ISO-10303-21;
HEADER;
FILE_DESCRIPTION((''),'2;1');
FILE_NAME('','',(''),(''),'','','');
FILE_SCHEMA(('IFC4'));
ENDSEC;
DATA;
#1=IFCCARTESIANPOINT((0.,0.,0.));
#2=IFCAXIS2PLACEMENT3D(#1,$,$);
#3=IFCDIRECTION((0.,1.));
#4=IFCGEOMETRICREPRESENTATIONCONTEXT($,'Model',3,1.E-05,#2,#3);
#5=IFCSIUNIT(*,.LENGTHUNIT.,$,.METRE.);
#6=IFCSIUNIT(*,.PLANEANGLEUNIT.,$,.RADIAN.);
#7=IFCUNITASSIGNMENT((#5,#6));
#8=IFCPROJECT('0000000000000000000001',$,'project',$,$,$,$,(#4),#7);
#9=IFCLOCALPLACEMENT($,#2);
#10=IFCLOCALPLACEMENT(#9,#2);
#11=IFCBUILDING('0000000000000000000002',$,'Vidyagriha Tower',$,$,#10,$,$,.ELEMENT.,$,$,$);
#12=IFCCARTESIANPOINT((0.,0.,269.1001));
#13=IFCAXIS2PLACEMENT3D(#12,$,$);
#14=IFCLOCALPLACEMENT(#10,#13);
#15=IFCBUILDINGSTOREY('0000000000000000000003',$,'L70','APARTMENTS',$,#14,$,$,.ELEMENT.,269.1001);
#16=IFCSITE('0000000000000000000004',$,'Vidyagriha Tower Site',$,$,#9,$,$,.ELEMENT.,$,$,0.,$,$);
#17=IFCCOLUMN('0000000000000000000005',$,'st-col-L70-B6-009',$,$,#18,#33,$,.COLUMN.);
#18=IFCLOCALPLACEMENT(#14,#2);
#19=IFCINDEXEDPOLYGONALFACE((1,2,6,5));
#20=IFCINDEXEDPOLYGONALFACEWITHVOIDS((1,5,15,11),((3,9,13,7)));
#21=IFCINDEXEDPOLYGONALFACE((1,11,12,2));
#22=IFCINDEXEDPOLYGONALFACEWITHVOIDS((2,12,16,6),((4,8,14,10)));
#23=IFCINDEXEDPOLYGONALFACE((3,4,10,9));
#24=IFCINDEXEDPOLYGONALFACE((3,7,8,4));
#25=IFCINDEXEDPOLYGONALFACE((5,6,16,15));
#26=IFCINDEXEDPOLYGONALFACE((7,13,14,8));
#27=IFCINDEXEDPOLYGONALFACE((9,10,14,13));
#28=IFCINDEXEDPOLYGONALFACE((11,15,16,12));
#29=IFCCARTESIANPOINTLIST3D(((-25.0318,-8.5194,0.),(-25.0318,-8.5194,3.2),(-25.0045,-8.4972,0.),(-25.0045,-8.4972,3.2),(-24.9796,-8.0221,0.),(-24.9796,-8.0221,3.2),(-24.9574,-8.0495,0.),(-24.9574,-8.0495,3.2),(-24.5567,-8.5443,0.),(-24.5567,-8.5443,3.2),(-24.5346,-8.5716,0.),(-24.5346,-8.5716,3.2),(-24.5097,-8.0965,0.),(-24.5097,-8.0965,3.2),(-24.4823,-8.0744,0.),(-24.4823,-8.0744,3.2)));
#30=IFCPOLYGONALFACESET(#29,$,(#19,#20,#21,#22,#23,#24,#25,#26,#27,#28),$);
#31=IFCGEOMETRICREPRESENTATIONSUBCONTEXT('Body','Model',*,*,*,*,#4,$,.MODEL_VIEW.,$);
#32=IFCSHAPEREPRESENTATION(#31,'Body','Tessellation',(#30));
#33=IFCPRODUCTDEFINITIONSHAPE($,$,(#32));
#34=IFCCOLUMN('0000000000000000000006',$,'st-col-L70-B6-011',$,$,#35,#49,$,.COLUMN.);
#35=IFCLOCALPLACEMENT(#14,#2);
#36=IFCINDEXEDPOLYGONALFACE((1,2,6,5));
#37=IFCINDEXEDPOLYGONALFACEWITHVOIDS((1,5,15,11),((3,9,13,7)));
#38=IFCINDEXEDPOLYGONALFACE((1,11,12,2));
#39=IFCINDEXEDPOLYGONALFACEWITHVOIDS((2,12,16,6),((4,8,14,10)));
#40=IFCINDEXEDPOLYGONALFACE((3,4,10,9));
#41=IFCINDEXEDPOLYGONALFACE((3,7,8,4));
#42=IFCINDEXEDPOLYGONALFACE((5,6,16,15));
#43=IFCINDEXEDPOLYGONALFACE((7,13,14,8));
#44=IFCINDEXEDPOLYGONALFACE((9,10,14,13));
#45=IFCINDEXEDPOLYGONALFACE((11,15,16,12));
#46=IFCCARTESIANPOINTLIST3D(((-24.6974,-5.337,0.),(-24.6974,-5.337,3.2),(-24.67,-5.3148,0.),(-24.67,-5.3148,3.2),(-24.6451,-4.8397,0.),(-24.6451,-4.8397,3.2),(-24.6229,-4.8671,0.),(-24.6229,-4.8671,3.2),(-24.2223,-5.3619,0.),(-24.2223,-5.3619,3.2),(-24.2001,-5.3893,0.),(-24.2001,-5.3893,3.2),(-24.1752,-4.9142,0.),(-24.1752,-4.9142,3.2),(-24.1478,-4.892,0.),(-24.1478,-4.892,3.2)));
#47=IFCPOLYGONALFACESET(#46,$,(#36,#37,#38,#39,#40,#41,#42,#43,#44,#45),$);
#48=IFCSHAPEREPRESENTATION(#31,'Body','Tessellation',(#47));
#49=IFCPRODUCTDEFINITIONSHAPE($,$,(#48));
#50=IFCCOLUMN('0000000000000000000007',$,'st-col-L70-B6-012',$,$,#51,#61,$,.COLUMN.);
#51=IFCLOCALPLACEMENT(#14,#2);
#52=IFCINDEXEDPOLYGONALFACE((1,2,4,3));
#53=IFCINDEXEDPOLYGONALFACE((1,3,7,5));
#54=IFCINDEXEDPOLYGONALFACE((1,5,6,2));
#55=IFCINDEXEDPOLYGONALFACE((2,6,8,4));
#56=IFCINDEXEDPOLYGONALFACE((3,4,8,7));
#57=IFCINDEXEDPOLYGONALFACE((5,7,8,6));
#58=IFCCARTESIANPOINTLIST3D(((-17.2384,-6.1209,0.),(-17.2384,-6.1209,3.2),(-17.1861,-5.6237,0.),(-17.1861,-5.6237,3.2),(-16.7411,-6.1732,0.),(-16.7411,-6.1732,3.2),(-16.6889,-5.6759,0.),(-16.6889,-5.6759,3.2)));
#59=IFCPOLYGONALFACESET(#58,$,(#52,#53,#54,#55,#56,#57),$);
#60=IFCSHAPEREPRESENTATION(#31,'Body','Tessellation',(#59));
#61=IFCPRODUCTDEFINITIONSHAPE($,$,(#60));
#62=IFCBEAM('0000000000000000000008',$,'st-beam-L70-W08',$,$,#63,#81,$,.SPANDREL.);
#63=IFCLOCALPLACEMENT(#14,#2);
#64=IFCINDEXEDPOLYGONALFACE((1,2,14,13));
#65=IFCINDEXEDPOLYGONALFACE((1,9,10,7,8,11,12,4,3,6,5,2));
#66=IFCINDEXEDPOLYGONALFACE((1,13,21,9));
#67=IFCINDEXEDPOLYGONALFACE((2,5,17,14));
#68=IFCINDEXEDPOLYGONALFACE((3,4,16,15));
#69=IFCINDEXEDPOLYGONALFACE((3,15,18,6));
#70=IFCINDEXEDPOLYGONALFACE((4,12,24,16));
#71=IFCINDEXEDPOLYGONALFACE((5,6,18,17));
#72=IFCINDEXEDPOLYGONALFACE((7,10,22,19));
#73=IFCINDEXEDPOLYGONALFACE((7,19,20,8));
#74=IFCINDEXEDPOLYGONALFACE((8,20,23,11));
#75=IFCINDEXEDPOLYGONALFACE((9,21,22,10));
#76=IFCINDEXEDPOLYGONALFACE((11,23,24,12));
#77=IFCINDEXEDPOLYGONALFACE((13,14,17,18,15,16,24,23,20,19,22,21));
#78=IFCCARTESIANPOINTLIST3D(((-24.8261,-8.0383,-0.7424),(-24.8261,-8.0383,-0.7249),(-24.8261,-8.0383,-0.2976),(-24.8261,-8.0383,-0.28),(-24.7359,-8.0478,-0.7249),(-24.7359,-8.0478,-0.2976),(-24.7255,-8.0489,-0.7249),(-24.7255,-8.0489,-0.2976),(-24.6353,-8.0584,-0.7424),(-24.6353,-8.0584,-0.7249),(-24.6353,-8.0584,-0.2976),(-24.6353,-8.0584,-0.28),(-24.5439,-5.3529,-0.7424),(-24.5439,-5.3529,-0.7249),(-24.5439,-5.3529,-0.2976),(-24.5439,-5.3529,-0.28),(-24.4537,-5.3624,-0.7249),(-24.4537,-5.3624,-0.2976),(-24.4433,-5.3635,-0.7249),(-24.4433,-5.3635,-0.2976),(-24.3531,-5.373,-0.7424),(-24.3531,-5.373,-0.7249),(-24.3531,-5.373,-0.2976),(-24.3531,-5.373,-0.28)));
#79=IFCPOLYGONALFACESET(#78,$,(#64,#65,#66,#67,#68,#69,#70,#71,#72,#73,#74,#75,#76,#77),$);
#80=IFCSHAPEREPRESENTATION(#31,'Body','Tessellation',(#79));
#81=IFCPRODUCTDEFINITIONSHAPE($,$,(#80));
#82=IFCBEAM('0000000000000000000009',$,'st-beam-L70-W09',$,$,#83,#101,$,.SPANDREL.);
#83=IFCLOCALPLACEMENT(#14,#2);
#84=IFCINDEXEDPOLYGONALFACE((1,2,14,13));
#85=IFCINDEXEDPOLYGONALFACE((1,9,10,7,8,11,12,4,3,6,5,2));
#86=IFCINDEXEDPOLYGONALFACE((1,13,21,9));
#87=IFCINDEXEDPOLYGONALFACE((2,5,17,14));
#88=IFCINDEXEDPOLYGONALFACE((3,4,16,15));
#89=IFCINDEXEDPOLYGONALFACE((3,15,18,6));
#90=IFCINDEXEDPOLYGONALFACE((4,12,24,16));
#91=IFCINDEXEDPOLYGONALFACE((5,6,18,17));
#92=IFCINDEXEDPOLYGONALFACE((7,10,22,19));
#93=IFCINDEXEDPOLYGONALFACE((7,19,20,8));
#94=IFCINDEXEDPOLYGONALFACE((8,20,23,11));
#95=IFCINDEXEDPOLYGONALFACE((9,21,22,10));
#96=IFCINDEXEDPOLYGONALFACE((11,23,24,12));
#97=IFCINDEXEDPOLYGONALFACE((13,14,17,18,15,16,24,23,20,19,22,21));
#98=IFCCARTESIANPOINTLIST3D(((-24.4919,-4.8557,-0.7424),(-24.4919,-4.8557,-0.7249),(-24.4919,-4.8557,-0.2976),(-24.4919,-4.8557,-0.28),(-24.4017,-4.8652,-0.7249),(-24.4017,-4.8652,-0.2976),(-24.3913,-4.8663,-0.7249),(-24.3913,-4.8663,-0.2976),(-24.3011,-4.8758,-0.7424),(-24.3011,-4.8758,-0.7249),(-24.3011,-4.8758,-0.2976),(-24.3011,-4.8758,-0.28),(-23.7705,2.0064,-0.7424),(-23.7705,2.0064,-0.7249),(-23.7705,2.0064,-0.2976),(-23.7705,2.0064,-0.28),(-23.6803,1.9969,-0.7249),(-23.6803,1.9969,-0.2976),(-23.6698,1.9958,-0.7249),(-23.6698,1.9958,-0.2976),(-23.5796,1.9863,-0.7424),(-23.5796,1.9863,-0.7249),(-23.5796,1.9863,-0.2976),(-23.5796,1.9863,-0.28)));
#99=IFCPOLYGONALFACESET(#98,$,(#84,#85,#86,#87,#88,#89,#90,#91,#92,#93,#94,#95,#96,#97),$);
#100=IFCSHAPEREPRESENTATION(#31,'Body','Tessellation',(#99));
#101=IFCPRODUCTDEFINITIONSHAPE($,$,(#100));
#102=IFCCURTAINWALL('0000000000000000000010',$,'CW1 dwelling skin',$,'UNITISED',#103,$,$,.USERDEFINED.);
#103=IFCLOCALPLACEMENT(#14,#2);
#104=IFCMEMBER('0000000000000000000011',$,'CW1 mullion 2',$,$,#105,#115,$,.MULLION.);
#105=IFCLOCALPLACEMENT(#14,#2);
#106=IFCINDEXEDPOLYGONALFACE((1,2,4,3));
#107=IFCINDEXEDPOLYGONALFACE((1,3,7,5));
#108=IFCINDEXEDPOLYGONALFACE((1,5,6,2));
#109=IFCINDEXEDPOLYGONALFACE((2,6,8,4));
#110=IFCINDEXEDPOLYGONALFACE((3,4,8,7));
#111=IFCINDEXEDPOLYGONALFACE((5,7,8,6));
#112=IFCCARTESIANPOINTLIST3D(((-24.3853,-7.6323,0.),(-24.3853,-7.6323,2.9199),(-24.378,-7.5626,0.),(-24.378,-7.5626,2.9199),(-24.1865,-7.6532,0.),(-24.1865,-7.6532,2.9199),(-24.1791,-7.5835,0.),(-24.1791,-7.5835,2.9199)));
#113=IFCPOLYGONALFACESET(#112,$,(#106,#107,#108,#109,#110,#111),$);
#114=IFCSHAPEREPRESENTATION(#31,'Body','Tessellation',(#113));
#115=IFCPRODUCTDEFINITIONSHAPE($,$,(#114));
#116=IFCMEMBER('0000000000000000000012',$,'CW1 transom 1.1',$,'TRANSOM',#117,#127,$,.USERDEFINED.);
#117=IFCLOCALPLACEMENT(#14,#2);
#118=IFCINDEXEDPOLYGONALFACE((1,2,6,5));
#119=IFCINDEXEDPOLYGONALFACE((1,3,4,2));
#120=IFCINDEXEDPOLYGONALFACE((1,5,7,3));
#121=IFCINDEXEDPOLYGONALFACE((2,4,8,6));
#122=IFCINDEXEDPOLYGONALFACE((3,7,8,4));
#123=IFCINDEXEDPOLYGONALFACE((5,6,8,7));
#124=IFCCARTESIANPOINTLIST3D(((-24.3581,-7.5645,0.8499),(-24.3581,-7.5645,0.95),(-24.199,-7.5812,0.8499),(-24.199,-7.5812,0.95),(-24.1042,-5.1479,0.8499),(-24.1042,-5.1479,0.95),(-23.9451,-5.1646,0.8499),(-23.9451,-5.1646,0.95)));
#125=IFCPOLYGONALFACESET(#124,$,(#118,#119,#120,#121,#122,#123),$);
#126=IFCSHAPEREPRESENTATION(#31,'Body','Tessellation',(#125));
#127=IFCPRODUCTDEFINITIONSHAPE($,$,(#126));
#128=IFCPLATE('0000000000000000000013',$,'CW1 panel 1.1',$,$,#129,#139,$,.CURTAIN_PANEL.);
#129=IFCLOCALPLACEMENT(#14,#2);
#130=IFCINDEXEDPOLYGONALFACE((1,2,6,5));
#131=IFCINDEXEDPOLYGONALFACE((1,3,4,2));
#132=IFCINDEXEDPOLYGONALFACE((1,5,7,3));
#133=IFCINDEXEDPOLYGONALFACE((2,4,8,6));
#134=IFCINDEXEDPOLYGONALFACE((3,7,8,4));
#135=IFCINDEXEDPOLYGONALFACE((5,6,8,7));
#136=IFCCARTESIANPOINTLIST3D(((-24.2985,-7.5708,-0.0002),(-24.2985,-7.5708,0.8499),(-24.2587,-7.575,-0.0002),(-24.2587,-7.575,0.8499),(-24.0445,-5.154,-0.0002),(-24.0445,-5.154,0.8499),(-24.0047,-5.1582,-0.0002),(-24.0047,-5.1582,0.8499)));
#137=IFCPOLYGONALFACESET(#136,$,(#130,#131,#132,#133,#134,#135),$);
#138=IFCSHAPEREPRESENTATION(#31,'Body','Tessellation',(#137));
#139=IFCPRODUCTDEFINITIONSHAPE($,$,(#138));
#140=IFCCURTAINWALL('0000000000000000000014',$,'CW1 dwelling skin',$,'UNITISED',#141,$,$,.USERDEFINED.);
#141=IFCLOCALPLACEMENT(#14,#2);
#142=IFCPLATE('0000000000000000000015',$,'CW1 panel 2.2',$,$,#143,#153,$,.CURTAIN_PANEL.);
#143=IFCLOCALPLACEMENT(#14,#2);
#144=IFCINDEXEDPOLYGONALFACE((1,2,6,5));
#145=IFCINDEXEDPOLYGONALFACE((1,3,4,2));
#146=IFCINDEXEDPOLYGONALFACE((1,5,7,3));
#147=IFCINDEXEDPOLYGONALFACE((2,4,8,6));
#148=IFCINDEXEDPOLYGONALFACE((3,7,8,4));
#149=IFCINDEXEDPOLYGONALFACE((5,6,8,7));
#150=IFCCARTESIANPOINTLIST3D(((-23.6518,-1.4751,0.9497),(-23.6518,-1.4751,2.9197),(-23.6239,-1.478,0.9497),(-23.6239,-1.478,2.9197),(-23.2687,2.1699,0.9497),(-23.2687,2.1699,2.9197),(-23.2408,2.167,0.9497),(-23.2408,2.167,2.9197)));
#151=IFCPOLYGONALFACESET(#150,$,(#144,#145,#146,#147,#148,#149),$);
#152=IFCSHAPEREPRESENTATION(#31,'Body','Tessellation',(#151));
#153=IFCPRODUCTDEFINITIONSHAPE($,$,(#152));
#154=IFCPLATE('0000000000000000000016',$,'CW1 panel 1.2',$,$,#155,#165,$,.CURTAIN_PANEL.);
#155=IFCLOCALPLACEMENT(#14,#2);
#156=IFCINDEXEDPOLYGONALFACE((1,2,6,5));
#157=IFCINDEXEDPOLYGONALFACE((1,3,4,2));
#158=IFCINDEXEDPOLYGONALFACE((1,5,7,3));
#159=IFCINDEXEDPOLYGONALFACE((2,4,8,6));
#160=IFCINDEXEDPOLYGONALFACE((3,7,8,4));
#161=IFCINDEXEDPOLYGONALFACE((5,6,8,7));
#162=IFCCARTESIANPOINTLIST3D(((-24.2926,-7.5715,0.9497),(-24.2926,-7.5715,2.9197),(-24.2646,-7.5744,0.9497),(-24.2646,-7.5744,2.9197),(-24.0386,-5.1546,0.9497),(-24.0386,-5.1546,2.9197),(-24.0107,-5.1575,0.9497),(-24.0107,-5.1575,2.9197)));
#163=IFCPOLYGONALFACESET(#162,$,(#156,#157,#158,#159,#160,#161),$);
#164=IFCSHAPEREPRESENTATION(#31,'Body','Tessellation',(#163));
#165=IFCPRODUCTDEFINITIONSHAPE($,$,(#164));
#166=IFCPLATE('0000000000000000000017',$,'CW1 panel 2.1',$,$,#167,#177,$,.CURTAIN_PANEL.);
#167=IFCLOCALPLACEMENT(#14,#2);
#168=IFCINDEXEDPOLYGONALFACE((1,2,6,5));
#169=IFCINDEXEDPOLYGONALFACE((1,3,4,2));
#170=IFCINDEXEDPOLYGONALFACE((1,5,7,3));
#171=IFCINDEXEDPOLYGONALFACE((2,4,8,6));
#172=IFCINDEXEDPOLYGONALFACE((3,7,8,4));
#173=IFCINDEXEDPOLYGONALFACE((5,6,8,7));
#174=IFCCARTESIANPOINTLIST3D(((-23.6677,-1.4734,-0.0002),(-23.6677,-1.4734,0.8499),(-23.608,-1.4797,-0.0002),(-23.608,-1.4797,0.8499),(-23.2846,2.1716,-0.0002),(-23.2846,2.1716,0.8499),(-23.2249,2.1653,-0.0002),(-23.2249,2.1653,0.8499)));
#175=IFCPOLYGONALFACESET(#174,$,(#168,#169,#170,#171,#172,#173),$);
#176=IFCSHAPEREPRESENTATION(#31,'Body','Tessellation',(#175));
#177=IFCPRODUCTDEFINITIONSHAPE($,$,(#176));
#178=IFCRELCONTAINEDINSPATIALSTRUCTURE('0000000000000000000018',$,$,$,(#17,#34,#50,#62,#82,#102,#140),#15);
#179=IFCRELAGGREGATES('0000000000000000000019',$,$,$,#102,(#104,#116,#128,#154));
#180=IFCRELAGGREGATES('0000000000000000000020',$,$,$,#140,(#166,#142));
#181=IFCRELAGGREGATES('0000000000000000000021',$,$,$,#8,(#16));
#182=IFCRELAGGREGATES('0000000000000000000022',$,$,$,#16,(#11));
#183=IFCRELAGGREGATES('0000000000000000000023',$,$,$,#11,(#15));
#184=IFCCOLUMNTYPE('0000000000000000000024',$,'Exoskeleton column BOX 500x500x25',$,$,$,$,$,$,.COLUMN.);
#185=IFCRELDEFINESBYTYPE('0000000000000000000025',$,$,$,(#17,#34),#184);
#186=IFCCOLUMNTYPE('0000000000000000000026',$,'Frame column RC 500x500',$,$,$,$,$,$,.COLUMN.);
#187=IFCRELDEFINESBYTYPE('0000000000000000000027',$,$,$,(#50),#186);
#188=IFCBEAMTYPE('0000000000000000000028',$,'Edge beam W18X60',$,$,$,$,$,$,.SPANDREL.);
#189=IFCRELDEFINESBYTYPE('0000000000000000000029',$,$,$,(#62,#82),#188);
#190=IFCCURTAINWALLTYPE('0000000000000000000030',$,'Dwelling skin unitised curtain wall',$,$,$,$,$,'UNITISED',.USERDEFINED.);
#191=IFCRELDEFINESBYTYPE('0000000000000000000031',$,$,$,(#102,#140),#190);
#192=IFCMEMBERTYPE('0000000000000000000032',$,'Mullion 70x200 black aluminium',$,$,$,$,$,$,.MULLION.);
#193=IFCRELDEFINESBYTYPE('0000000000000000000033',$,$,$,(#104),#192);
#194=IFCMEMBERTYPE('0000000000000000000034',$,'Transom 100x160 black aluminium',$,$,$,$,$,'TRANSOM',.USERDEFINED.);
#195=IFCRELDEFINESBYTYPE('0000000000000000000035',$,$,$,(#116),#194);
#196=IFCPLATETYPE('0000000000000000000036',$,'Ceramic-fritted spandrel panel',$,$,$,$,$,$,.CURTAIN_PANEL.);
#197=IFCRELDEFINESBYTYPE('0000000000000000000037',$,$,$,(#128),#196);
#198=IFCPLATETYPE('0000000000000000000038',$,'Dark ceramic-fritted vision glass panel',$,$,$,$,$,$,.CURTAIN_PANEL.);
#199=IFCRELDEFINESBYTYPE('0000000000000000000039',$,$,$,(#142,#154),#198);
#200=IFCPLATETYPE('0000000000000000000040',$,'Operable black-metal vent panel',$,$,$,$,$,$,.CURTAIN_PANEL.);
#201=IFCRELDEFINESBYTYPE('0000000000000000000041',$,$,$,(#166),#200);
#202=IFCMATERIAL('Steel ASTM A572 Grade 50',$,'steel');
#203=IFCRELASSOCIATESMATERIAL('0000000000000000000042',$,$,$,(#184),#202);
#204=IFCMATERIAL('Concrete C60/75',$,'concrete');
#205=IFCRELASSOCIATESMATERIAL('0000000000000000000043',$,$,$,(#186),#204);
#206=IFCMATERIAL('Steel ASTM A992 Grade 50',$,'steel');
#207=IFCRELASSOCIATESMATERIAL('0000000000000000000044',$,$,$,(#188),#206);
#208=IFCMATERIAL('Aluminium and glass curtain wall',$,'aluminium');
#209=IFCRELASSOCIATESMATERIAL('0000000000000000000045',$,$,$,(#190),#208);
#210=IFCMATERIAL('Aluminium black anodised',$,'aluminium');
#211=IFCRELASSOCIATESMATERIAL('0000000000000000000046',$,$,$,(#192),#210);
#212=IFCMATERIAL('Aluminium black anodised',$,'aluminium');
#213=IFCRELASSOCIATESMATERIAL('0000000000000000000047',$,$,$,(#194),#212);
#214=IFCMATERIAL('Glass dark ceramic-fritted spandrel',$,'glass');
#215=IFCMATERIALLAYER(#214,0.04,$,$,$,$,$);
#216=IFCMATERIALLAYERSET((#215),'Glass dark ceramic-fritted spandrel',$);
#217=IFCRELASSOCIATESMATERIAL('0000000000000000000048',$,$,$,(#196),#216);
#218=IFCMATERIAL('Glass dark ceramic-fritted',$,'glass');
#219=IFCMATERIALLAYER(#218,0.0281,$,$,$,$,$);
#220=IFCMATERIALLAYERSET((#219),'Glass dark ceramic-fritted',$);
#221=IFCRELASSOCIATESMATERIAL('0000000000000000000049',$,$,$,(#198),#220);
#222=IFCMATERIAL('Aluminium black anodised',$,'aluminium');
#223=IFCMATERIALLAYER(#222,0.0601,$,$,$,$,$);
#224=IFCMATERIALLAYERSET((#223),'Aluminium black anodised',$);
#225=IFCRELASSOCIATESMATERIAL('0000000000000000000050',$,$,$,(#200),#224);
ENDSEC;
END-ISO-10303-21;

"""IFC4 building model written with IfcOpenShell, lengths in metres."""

from ifc_helpers import new_model, si_unit, direction, frame, origin, origin_2d, place, context, subcontext, project, spatial, rectangle, hollow_rectangle, i_section, extrude, material, layer, layer_set, material_profile, profile_set, type_object, element, aggregate, save


model = new_model("IFC4")

# Units and contexts
model_context = context("Model", 3, precision=1e-05, world=origin(), true_north=direction((0.0, 1.0)))
body_context = subcontext(model_context, "Body", "Model", "MODEL_VIEW")
ifc_project = project(units=[si_unit("LENGTHUNIT", "METRE"), si_unit("PLANEANGLEUNIT", "RADIAN")], contexts=[model_context])

# Site, building, storey
site_placement = place(None, origin())
site = spatial("IfcSite", under=ifc_project, at=site_placement, Name="Vidyagriha Tower Site", CompositionType="ELEMENT", RefElevation=0.0)
building_placement = place(site_placement, origin())
building = spatial("IfcBuilding", under=site, at=building_placement, Name="Vidyagriha Tower", CompositionType="ELEMENT")
storey_placement = place(building_placement, frame((0.0, 0.0, 269.1001)))
storey = spatial("IfcBuildingStorey", under=building, at=storey_placement, Name="L70", Description="APARTMENTS", CompositionType="ELEMENT", Elevation=269.1001)

# Columns
ifc_material_1 = material(Name="Steel ASTM A572 Grade 50", Category="steel")
ifc_material_profile_1 = material_profile(ifc_material_1, hollow_rectangle(XDim=0.5, YDim=0.5, WallThickness=0.0249, at=origin_2d()), Name="BOX 500x500x25")
ifc_profile_set_1 = profile_set([ifc_material_profile_1], Name="Steel ASTM A572 Grade 50")
column_type_1 = type_object("IfcColumnType", Name="Exoskeleton column BOX 500x500x25", PredefinedType="COLUMN", material=ifc_profile_set_1)
for number, where, z_axis, x_axis, name in (
    (1, (-24.7571, -8.2969, 0.0), (0.0, 0.0, 1.0), (0.994522, -0.104528, 0.0), "st-col-L70-B6-009"),
    (2, (-24.4226, -5.1145, 0.0), (0.0, 0.0, 1.0), (0.994522, -0.104528, 0.0), "st-col-L70-B6-011"),
):
    element("IfcColumn", number, at=place(storey_placement, frame(where, z_axis=z_axis, x_axis=x_axis)), inside=storey, type_object=column_type_1, Name=name, PredefinedType="COLUMN", context=body_context, shape_type="SweptSolid", body=[
        extrude(hollow_rectangle(XDim=0.5, YDim=0.5, WallThickness=0.0249, at=origin_2d()), origin(), (0.0, 0.0, 1.0), 3.2),
    ])
ifc_material_2 = material(Name="Concrete C60/75", Category="concrete")
ifc_material_profile_2 = material_profile(ifc_material_2, rectangle(XDim=0.5, YDim=0.5, at=origin_2d()), Name="RC 500x500")
ifc_profile_set_2 = profile_set([ifc_material_profile_2], Name="Concrete C60/75")
column_type_2 = type_object("IfcColumnType", Name="Frame column RC 500x500", PredefinedType="COLUMN", material=ifc_profile_set_2)
column_placement = place(storey_placement, frame((-16.9636, -5.8984, 0.0), z_axis=(0.0, 0.0, 1.0), x_axis=(0.994522, -0.104528, 0.0)))
element("IfcColumn", 3, at=column_placement, inside=storey, type_object=column_type_2, Name="st-col-L70-B6-012", PredefinedType="COLUMN", context=body_context, shape_type="SweptSolid", body=[
    extrude(rectangle(XDim=0.5, YDim=0.5, at=origin_2d()), origin(), (0.0, 0.0, 1.0), 3.2),
])

# Beams
ifc_material_3 = material(Name="Steel ASTM A992 Grade 50", Category="steel")
ifc_material_profile_3 = material_profile(ifc_material_3, i_section(OverallWidth=0.1919, OverallDepth=0.4624, WebThickness=0.0105, FlangeThickness=0.0176, at=origin_2d()), Name="W18X60")
ifc_profile_set_3 = profile_set([ifc_material_profile_3], Name="Steel ASTM A992 Grade 50")
beam_type = type_object("IfcBeamType", Name="Edge beam W18X60", PredefinedType="SPANDREL", material=ifc_profile_set_3)
beam_1_placement = place(storey_placement, frame((-24.7307, -8.0483, -0.5112), z_axis=(0.104525, 0.994522, 0.0), x_axis=(-0.994522, 0.104525, 0.0)))
element("IfcBeam", 4, at=beam_1_placement, inside=storey, type_object=beam_type, Name="st-beam-L70-W08", PredefinedType="SPANDREL", context=body_context, shape_type="SweptSolid", body=[
    extrude(i_section(OverallWidth=0.1919, OverallDepth=0.4624, WebThickness=0.0105, FlangeThickness=0.0176, at=origin_2d()), origin(), (0.0, 0.0, 1.0), 2.7002),
])
beam_2_placement = place(storey_placement, frame((-24.3965, -4.8657, -0.5112), z_axis=(0.104558, 0.994519, 0.0), x_axis=(-0.994519, 0.104558, 0.0)))
element("IfcBeam", 5, at=beam_2_placement, inside=storey, type_object=beam_type, Name="st-beam-L70-W09", PredefinedType="SPANDREL", context=body_context, shape_type="SweptSolid", body=[
    extrude(i_section(OverallWidth=0.1919, OverallDepth=0.4624, WebThickness=0.0105, FlangeThickness=0.0176, at=origin_2d()), origin(), (0.0, 0.0, 1.0), 6.8999),
])

# Curtain wall, members, plate
ifc_material_4 = material(Name="Aluminium and glass curtain wall", Category="aluminium")
curtain_wall_type = type_object("IfcCurtainWallType", Name="Dwelling skin unitised curtain wall", ElementType="UNITISED", PredefinedType="USERDEFINED", material=ifc_material_4)
curtain_wall_1_placement = place(storey_placement, origin())
curtain_wall_1 = element("IfcCurtainWall", 6, at=curtain_wall_1_placement, inside=storey, type_object=curtain_wall_type, Name="CW1 dwelling skin", ObjectType="UNITISED", PredefinedType="USERDEFINED")
ifc_material_5 = material(Name="Aluminium black anodised", Category="aluminium")
ifc_material_profile_4 = material_profile(ifc_material_5, rectangle(XDim=0.2, YDim=0.0701, at=origin_2d()), Name="Mullion 70x200 black aluminium")
ifc_profile_set_4 = profile_set([ifc_material_profile_4], Name="Aluminium black anodised")
member_type_1 = type_object("IfcMemberType", Name="Mullion 70x200 black aluminium", PredefinedType="MULLION", material=ifc_profile_set_4)
member_1_placement = place(storey_placement, frame((-24.2822, -7.6079, 0.0), z_axis=(0.0, 0.0, 1.0), x_axis=(0.994523, -0.104516, 0.0)))
member_1 = element("IfcMember", 7, at=member_1_placement, type_object=member_type_1, Name="CW1 mullion 2", PredefinedType="MULLION", context=body_context, shape_type="SweptSolid", body=[
    extrude(rectangle(XDim=0.2, YDim=0.0701, at=origin_2d()), origin(), (0.0, 0.0, 1.0), 2.9199),
])
ifc_material_6 = material(Name="Aluminium black anodised", Category="aluminium")
ifc_material_profile_5 = material_profile(ifc_material_6, rectangle(XDim=0.1599, YDim=0.1001, at=origin_2d()), Name="Transom 100x160 black aluminium")
ifc_profile_set_5 = profile_set([ifc_material_profile_5], Name="Aluminium black anodised")
member_type_2 = type_object("IfcMemberType", Name="Transom 100x160 black aluminium", ElementType="TRANSOM", PredefinedType="USERDEFINED", material=ifc_profile_set_5)
member_2_placement = place(storey_placement, frame((-24.0247, -5.1562, 0.8999), z_axis=(-0.104486, -0.994526, 0.0), x_axis=(0.994526, -0.104486, 0.0)))
member_2 = element("IfcMember", 8, at=member_2_placement, type_object=member_type_2, Name="CW1 transom 1.1", ObjectType="TRANSOM", PredefinedType="USERDEFINED", context=body_context, shape_type="SweptSolid", body=[
    extrude(rectangle(XDim=0.1599, YDim=0.1001, at=origin_2d()), origin(), (0.0, 0.0, 1.0), 2.4299),
])
ifc_material_7 = material(Name="Glass dark ceramic-fritted spandrel", Category="glass")
ifc_layer_1 = layer(ifc_material_7, 0.04)
ifc_layer_set_1 = layer_set([ifc_layer_1], Name="Glass dark ceramic-fritted spandrel")
plate_type_1 = type_object("IfcPlateType", Name="Ceramic-fritted spandrel panel", PredefinedType="CURTAIN_PANEL", material=ifc_layer_set_1)
plate_1_placement = place(storey_placement, frame((-24.1516, -6.3645, -0.0002), z_axis=(0.0, 0.0, 1.0), x_axis=(-0.104516, -0.994523, 0.0)))
plate_1 = element("IfcPlate", 9, at=plate_1_placement, type_object=plate_type_1, Name="CW1 panel 1.1", PredefinedType="CURTAIN_PANEL", context=body_context, shape_type="SweptSolid", body=[
    extrude(rectangle(XDim=2.4302, YDim=0.04, at=origin_2d()), origin(), (0.0, 0.0, 1.0), 0.8501),
])

# Curtain wall, plate
curtain_wall_2_placement = place(storey_placement, origin())
curtain_wall_2 = element("IfcCurtainWall", 10, at=curtain_wall_2_placement, inside=storey, type_object=curtain_wall_type, Name="CW1 dwelling skin", ObjectType="UNITISED", PredefinedType="USERDEFINED")
ifc_material_8 = material(Name="Glass dark ceramic-fritted", Category="glass")
ifc_layer_2 = layer(ifc_material_8, 0.0281)
ifc_layer_set_2 = layer_set([ifc_layer_2], Name="Glass dark ceramic-fritted")
plate_type_2 = type_object("IfcPlateType", Name="Dark ceramic-fritted vision glass panel", PredefinedType="CURTAIN_PANEL", material=ifc_layer_set_2)
plate_2_placement = place(storey_placement, frame((-23.4463, 0.3459, 0.9497), z_axis=(0.0, 0.0, 1.0), x_axis=(-0.104533, -0.994521, 0.0)))
plate_2 = element("IfcPlate", 11, at=plate_2_placement, type_object=plate_type_2, Name="CW1 panel 2.2", PredefinedType="CURTAIN_PANEL", context=body_context, shape_type="SweptSolid", body=[
    extrude(rectangle(XDim=3.665, YDim=0.0281, at=origin_2d()), origin(), (0.0, 0.0, 1.0), 1.97),
])

# Plates
plate_3_placement = place(storey_placement, frame((-24.1516, -6.3645, 0.9497), z_axis=(0.0, 0.0, 1.0), x_axis=(-0.104516, -0.994523, 0.0)))
plate_3 = element("IfcPlate", 12, at=plate_3_placement, type_object=plate_type_2, Name="CW1 panel 1.2", PredefinedType="CURTAIN_PANEL", context=body_context, shape_type="SweptSolid", body=[
    extrude(rectangle(XDim=2.4302, YDim=0.0281, at=origin_2d()), origin(), (0.0, 0.0, 1.0), 1.97),
])
aggregate(curtain_wall_1, [member_1, member_2, plate_1, plate_3])
ifc_material_9 = material(Name="Aluminium black anodised", Category="aluminium")
ifc_layer_3 = layer(ifc_material_9, 0.0601)
ifc_layer_set_3 = layer_set([ifc_layer_3], Name="Aluminium black anodised")
plate_type_3 = type_object("IfcPlateType", Name="Operable black-metal vent panel", PredefinedType="CURTAIN_PANEL", material=ifc_layer_set_3)
plate_4_placement = place(storey_placement, frame((-23.4463, 0.3459, -0.0002), z_axis=(0.0, 0.0, 1.0), x_axis=(-0.104533, -0.994521, 0.0)))
plate_4 = element("IfcPlate", 13, at=plate_4_placement, type_object=plate_type_3, Name="CW1 panel 2.1", PredefinedType="CURTAIN_PANEL", context=body_context, shape_type="SweptSolid", body=[
    extrude(rectangle(XDim=3.665, YDim=0.0601, at=origin_2d()), origin(), (0.0, 0.0, 1.0), 0.8501),
])
aggregate(curtain_wall_2, [plate_4, plate_2])

save(model, "model.ifc")
